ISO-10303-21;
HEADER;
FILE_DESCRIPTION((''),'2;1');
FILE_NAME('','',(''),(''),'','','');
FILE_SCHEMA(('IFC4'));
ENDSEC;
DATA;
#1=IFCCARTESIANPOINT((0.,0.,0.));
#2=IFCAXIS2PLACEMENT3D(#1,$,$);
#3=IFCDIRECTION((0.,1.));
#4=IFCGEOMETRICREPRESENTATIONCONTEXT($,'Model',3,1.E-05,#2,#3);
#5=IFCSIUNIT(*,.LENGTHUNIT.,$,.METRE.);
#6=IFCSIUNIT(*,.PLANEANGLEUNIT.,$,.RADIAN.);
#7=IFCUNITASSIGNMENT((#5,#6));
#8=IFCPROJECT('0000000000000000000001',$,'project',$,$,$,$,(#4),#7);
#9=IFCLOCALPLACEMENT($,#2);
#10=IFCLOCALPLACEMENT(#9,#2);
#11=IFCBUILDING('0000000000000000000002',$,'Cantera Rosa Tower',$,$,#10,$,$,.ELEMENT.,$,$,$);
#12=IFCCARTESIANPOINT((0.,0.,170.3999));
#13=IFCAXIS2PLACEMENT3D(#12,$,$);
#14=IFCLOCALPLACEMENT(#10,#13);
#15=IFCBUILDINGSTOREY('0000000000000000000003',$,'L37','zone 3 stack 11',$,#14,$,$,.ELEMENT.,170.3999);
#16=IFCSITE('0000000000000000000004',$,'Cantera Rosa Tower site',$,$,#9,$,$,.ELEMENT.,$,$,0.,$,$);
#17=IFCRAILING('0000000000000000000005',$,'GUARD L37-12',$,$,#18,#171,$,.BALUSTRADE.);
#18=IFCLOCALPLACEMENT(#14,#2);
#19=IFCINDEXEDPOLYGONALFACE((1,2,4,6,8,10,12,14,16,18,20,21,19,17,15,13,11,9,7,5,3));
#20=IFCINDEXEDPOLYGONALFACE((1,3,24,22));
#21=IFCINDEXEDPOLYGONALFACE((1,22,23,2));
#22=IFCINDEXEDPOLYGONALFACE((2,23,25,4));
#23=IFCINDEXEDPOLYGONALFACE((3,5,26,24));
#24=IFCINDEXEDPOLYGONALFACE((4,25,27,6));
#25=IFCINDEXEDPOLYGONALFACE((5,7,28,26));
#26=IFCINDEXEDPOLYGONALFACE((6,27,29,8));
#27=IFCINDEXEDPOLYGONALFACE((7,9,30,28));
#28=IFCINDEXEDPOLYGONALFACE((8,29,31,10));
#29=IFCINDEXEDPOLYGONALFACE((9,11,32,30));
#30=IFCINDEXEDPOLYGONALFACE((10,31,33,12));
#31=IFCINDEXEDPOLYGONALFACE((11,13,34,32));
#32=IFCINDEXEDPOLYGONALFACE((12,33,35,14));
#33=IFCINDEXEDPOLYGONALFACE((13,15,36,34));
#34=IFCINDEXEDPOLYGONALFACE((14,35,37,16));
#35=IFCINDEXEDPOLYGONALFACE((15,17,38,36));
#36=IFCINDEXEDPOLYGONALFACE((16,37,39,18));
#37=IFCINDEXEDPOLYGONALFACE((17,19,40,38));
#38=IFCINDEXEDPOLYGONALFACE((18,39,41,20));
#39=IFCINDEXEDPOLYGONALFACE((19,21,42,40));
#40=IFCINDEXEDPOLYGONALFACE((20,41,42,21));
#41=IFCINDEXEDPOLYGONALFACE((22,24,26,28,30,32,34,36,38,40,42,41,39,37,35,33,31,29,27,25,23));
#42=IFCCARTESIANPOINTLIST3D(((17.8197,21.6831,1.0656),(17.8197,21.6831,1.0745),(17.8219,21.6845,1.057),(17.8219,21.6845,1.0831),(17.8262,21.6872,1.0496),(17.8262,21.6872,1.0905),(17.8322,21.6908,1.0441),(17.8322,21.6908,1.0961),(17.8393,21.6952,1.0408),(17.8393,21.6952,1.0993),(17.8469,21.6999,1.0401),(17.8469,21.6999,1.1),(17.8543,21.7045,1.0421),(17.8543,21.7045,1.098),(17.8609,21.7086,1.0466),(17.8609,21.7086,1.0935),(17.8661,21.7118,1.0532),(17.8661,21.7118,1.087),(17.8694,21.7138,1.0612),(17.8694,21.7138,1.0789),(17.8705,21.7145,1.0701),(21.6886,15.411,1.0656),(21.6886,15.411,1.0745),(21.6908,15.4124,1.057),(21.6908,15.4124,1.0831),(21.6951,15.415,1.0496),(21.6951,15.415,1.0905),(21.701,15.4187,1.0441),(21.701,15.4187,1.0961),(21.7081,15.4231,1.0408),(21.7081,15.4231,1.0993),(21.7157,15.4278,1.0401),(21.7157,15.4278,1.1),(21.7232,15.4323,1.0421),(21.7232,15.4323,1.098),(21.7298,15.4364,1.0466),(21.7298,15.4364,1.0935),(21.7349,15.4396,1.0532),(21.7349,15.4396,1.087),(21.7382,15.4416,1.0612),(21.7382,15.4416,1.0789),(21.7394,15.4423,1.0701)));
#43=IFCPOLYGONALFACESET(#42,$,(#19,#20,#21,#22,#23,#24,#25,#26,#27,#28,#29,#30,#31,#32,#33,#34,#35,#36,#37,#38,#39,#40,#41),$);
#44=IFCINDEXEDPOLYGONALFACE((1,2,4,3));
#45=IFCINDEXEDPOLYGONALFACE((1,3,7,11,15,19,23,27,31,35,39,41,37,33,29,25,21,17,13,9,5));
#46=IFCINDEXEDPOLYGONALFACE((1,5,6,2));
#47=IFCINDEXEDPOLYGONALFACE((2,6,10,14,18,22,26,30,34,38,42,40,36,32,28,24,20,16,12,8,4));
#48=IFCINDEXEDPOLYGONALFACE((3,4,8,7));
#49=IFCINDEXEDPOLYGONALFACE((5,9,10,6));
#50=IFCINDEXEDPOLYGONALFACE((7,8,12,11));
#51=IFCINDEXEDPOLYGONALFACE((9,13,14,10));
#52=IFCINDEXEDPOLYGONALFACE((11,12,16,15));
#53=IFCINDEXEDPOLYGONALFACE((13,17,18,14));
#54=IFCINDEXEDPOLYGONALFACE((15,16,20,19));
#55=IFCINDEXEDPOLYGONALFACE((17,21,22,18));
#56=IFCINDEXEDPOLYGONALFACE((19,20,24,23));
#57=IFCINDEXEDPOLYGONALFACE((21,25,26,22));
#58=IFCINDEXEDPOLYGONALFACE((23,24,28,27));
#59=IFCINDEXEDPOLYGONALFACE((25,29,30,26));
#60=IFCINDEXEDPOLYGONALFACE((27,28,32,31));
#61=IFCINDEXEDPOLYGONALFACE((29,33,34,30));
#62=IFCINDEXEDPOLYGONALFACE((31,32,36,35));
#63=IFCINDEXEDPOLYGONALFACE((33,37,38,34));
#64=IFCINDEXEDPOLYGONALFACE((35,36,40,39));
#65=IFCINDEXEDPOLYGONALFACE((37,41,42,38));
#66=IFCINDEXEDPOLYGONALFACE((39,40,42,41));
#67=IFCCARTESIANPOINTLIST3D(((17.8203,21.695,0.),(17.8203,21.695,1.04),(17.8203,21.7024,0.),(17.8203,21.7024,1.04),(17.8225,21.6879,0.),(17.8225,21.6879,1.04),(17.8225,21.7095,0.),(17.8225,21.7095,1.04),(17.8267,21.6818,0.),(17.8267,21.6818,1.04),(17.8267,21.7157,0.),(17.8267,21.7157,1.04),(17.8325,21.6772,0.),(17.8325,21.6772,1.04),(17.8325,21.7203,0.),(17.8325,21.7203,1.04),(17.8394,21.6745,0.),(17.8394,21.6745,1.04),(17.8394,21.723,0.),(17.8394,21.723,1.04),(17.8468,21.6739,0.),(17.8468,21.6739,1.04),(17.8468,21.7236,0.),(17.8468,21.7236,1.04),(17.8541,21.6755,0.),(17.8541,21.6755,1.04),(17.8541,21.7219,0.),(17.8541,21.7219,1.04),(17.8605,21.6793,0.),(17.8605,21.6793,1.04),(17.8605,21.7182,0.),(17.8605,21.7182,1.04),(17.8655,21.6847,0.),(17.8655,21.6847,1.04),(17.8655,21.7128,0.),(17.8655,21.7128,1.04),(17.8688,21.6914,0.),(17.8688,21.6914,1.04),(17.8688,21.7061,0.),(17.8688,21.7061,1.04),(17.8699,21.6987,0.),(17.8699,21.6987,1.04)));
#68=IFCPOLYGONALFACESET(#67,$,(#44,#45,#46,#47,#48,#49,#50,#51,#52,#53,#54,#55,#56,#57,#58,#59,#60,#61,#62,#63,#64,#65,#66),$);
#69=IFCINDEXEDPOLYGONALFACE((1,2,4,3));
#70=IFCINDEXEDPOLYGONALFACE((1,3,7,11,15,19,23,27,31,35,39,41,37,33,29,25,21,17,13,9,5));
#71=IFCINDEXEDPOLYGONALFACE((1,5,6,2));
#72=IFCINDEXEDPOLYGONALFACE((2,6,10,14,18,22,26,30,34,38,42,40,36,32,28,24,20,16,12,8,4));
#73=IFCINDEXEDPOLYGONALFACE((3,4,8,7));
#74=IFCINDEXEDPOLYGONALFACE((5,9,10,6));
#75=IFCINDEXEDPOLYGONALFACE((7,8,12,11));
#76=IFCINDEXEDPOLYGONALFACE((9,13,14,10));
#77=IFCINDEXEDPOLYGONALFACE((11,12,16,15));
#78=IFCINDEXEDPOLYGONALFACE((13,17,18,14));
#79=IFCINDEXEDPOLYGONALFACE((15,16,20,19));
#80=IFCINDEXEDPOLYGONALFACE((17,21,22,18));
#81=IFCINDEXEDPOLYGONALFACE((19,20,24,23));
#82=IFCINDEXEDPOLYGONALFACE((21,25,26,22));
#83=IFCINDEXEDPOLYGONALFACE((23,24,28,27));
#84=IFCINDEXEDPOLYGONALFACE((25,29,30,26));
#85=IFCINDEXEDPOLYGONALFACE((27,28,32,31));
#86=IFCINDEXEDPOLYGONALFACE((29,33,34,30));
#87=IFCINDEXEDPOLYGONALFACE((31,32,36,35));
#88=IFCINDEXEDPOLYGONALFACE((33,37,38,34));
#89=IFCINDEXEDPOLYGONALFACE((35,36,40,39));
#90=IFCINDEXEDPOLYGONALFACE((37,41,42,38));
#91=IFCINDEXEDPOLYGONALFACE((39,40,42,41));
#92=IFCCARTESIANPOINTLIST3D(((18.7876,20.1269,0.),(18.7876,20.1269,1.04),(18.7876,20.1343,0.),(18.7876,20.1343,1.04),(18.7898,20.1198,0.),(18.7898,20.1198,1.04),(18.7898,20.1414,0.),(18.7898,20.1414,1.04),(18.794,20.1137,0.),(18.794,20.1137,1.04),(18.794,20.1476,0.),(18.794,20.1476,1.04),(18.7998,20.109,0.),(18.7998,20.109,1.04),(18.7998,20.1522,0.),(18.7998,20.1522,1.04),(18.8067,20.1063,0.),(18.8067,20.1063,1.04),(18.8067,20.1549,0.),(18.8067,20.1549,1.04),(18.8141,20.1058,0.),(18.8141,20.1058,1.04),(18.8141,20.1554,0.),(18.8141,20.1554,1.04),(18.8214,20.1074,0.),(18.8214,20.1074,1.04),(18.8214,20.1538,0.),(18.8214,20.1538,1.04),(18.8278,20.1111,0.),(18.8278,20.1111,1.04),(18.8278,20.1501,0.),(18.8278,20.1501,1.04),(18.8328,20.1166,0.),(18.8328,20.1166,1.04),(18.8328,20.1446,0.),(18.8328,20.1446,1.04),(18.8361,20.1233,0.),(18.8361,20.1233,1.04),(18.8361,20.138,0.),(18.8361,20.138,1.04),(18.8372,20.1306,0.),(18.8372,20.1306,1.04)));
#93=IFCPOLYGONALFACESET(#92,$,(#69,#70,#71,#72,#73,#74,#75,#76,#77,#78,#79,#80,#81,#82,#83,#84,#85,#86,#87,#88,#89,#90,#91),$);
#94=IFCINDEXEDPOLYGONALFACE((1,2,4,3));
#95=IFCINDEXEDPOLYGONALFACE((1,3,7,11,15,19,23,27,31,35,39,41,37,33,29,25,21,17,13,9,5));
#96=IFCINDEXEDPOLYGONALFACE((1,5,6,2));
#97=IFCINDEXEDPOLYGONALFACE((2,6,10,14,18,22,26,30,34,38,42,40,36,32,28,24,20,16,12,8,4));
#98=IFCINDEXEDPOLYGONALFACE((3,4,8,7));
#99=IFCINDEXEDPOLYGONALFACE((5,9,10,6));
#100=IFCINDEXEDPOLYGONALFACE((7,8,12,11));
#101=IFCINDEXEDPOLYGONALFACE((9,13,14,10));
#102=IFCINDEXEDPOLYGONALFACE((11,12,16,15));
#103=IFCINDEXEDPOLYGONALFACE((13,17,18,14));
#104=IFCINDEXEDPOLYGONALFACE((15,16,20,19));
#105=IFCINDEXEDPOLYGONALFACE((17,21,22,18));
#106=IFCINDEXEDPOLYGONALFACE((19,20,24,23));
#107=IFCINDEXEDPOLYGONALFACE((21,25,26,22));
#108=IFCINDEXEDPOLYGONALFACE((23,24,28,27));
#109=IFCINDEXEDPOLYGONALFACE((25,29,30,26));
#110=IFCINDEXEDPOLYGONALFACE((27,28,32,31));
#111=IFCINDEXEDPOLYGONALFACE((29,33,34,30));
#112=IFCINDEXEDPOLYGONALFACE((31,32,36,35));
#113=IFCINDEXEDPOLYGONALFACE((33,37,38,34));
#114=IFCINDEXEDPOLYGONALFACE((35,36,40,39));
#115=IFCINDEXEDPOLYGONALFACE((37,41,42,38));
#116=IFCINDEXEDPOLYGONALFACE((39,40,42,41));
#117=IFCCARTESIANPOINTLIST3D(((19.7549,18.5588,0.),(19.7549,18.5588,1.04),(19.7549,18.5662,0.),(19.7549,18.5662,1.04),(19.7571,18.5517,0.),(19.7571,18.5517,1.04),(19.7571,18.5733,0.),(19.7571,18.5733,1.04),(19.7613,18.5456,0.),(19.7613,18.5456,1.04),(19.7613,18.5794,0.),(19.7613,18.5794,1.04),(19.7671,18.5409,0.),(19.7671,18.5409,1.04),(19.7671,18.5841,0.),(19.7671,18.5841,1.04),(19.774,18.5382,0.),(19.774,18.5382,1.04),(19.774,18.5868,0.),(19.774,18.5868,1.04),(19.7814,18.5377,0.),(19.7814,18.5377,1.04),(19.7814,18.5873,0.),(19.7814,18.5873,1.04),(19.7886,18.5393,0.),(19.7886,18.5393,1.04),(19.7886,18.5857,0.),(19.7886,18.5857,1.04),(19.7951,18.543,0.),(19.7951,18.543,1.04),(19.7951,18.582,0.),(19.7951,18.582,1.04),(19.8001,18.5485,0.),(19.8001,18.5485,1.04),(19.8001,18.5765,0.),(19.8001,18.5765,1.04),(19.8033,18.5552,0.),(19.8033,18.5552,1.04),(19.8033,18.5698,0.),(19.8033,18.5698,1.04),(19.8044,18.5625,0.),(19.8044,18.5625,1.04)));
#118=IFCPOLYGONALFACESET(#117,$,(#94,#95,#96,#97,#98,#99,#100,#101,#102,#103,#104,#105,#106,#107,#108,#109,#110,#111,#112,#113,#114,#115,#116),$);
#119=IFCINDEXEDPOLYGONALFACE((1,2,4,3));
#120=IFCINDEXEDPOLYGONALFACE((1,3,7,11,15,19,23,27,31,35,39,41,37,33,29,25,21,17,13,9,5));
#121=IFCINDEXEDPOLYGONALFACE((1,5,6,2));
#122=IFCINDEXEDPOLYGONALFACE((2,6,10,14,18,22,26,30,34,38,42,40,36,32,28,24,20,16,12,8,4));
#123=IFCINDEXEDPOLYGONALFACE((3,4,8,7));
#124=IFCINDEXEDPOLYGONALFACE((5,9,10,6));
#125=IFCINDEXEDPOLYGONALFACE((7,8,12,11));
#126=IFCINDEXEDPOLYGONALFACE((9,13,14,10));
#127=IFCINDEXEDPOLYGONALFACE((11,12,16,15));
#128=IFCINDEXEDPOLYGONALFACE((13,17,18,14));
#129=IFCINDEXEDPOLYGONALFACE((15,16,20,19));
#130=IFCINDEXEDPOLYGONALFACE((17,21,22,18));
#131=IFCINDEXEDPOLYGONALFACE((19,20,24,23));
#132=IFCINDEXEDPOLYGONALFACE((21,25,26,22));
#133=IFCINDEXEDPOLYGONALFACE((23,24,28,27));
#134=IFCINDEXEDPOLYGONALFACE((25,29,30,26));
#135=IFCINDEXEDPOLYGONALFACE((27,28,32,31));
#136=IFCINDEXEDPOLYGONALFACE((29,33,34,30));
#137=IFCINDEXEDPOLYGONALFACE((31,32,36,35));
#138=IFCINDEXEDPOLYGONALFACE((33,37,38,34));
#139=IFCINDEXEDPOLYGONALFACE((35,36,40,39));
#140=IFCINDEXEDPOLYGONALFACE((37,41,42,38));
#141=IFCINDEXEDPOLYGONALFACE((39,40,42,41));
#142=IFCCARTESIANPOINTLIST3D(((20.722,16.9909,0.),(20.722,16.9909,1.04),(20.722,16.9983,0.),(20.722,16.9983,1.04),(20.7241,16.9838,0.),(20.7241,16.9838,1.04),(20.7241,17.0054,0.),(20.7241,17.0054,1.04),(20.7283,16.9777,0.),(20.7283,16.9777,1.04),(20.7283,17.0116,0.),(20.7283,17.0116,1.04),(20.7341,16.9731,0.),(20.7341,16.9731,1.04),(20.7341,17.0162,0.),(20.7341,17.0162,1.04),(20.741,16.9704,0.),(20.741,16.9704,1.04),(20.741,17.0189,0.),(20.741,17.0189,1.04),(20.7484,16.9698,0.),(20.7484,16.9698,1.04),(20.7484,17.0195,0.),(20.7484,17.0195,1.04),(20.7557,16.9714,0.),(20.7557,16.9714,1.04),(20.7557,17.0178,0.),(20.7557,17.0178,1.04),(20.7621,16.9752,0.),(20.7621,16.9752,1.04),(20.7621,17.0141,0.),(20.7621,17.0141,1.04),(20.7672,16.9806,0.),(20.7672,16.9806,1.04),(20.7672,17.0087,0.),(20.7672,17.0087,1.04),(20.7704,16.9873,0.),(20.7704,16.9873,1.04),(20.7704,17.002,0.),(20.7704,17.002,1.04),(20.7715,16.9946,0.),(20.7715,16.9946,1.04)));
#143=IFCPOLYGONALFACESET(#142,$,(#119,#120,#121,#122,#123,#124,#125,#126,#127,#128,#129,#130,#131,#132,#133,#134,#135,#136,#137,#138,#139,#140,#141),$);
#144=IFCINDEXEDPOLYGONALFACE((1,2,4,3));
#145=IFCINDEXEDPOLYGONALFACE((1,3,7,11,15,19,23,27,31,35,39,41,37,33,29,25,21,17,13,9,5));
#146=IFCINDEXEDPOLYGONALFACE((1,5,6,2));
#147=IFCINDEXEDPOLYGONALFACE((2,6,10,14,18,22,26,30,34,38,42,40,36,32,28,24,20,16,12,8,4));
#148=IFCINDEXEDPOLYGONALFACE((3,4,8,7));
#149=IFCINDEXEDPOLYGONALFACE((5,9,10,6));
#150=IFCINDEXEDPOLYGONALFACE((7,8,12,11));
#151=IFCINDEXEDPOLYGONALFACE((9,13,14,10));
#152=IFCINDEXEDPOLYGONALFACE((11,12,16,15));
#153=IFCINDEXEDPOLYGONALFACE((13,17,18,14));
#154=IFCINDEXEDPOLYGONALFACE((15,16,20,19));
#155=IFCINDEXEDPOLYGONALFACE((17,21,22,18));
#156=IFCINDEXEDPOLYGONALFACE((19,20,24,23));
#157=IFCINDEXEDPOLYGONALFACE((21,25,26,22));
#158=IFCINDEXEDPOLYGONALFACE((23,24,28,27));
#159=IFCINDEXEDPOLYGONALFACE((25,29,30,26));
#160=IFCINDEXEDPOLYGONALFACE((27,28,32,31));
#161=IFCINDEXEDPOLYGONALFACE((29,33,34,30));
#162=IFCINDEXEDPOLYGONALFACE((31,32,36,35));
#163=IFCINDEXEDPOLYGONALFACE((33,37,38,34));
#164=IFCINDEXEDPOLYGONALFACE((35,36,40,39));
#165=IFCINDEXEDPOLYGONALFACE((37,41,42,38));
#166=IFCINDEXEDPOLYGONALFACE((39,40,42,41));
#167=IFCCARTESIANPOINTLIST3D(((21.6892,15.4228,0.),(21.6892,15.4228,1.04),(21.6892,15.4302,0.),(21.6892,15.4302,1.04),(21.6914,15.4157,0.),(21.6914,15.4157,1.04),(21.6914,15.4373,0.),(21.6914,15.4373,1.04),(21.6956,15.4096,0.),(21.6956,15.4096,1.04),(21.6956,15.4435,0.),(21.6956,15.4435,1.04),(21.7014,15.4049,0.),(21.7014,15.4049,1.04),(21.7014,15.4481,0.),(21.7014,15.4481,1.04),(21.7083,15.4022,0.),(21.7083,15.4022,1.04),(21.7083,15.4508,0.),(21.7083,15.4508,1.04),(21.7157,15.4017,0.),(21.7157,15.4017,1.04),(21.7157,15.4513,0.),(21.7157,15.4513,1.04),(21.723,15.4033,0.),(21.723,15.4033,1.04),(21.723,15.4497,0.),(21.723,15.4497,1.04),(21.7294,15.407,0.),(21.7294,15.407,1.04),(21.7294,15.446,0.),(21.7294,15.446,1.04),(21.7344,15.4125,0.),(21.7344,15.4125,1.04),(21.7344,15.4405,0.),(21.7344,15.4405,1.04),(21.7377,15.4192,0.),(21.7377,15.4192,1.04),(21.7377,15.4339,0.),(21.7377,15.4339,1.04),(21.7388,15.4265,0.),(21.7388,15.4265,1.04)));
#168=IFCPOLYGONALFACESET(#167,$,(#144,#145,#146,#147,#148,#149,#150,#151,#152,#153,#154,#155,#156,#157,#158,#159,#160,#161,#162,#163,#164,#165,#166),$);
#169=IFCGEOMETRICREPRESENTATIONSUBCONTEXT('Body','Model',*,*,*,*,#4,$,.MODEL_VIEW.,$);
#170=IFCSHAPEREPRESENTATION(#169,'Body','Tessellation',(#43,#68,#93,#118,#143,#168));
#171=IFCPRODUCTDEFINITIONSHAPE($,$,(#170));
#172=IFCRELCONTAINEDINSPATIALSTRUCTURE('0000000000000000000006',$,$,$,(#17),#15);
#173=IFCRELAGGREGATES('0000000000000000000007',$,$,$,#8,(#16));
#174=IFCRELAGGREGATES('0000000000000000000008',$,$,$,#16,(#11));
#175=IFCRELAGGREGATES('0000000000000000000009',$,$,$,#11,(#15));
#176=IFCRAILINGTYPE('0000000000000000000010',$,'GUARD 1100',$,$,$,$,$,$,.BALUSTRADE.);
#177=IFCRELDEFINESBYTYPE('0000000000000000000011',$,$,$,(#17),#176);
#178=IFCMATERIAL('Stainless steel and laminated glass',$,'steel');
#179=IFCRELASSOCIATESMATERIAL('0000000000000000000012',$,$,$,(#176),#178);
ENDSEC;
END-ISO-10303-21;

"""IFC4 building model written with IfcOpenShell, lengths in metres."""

from ifc_helpers import new_model, si_unit, direction, frame, origin, origin_2d, place, context, subcontext, project, spatial, circle, extrude, material, type_object, element, save


model = new_model("IFC4")

# Units and contexts
model_context = context("Model", 3, precision=1e-05, world=origin(), true_north=direction((0.0, 1.0)))
body_context = subcontext(model_context, "Body", "Model", "MODEL_VIEW")
ifc_project = project(units=[si_unit("LENGTHUNIT", "METRE"), si_unit("PLANEANGLEUNIT", "RADIAN")], contexts=[model_context])

# Site, building, storey
site_placement = place(None, origin())
site = spatial("IfcSite", under=ifc_project, at=site_placement, Name="Cantera Rosa Tower site", CompositionType="ELEMENT", RefElevation=0.0)
building_placement = place(site_placement, origin())
building = spatial("IfcBuilding", under=site, at=building_placement, Name="Cantera Rosa Tower", CompositionType="ELEMENT")
storey_placement = place(building_placement, frame((0.0, 0.0, 170.3999)))
storey = spatial("IfcBuildingStorey", under=building, at=storey_placement, Name="L37", Description="zone 3 stack 11", CompositionType="ELEMENT", Elevation=170.3999)

# Railing
ifc_material_1 = material(Name="Stainless steel and laminated glass", Category="steel")
railing_type = type_object("IfcRailingType", Name="GUARD 1100", PredefinedType="BALUSTRADE", material=ifc_material_1)
railing_1_placement = place(storey_placement, frame((17.845, 21.6987, 0.0)))
element("IfcRailing", 1, at=railing_1_placement, inside=storey, type_object=railing_type, Name="GUARD L37-12", PredefinedType="BALUSTRADE", context=body_context, shape_type="SweptSolid", body=[
    extrude(circle(Radius=0.03, at=origin_2d()), frame((0.0, 0.0, 1.0701), z_axis=(0.52499, -0.851108, 0.0), x_axis=(0.851108, 0.52499, 0.0)), (0.0, 0.0, 1.0), 7.3694),
    extrude(circle(Radius=0.0249, at=origin_2d()), origin(), (0.0, 0.0, 1.0), 1.04),
    extrude(circle(Radius=0.0249, at=origin_2d()), frame((0.9673, -1.5681, 0.0)), (0.0, 0.0, 1.0), 1.04),
    extrude(circle(Radius=0.0249, at=origin_2d()), frame((1.9346, -3.1362, 0.0)), (0.0, 0.0, 1.0), 1.04),
    extrude(circle(Radius=0.0249, at=origin_2d()), frame((2.9016, -4.7041, 0.0)), (0.0, 0.0, 1.0), 1.04),
    extrude(circle(Radius=0.0249, at=origin_2d()), frame((3.8689, -6.2722, 0.0)), (0.0, 0.0, 1.0), 1.04),
])

save(model, "model.ifc")
